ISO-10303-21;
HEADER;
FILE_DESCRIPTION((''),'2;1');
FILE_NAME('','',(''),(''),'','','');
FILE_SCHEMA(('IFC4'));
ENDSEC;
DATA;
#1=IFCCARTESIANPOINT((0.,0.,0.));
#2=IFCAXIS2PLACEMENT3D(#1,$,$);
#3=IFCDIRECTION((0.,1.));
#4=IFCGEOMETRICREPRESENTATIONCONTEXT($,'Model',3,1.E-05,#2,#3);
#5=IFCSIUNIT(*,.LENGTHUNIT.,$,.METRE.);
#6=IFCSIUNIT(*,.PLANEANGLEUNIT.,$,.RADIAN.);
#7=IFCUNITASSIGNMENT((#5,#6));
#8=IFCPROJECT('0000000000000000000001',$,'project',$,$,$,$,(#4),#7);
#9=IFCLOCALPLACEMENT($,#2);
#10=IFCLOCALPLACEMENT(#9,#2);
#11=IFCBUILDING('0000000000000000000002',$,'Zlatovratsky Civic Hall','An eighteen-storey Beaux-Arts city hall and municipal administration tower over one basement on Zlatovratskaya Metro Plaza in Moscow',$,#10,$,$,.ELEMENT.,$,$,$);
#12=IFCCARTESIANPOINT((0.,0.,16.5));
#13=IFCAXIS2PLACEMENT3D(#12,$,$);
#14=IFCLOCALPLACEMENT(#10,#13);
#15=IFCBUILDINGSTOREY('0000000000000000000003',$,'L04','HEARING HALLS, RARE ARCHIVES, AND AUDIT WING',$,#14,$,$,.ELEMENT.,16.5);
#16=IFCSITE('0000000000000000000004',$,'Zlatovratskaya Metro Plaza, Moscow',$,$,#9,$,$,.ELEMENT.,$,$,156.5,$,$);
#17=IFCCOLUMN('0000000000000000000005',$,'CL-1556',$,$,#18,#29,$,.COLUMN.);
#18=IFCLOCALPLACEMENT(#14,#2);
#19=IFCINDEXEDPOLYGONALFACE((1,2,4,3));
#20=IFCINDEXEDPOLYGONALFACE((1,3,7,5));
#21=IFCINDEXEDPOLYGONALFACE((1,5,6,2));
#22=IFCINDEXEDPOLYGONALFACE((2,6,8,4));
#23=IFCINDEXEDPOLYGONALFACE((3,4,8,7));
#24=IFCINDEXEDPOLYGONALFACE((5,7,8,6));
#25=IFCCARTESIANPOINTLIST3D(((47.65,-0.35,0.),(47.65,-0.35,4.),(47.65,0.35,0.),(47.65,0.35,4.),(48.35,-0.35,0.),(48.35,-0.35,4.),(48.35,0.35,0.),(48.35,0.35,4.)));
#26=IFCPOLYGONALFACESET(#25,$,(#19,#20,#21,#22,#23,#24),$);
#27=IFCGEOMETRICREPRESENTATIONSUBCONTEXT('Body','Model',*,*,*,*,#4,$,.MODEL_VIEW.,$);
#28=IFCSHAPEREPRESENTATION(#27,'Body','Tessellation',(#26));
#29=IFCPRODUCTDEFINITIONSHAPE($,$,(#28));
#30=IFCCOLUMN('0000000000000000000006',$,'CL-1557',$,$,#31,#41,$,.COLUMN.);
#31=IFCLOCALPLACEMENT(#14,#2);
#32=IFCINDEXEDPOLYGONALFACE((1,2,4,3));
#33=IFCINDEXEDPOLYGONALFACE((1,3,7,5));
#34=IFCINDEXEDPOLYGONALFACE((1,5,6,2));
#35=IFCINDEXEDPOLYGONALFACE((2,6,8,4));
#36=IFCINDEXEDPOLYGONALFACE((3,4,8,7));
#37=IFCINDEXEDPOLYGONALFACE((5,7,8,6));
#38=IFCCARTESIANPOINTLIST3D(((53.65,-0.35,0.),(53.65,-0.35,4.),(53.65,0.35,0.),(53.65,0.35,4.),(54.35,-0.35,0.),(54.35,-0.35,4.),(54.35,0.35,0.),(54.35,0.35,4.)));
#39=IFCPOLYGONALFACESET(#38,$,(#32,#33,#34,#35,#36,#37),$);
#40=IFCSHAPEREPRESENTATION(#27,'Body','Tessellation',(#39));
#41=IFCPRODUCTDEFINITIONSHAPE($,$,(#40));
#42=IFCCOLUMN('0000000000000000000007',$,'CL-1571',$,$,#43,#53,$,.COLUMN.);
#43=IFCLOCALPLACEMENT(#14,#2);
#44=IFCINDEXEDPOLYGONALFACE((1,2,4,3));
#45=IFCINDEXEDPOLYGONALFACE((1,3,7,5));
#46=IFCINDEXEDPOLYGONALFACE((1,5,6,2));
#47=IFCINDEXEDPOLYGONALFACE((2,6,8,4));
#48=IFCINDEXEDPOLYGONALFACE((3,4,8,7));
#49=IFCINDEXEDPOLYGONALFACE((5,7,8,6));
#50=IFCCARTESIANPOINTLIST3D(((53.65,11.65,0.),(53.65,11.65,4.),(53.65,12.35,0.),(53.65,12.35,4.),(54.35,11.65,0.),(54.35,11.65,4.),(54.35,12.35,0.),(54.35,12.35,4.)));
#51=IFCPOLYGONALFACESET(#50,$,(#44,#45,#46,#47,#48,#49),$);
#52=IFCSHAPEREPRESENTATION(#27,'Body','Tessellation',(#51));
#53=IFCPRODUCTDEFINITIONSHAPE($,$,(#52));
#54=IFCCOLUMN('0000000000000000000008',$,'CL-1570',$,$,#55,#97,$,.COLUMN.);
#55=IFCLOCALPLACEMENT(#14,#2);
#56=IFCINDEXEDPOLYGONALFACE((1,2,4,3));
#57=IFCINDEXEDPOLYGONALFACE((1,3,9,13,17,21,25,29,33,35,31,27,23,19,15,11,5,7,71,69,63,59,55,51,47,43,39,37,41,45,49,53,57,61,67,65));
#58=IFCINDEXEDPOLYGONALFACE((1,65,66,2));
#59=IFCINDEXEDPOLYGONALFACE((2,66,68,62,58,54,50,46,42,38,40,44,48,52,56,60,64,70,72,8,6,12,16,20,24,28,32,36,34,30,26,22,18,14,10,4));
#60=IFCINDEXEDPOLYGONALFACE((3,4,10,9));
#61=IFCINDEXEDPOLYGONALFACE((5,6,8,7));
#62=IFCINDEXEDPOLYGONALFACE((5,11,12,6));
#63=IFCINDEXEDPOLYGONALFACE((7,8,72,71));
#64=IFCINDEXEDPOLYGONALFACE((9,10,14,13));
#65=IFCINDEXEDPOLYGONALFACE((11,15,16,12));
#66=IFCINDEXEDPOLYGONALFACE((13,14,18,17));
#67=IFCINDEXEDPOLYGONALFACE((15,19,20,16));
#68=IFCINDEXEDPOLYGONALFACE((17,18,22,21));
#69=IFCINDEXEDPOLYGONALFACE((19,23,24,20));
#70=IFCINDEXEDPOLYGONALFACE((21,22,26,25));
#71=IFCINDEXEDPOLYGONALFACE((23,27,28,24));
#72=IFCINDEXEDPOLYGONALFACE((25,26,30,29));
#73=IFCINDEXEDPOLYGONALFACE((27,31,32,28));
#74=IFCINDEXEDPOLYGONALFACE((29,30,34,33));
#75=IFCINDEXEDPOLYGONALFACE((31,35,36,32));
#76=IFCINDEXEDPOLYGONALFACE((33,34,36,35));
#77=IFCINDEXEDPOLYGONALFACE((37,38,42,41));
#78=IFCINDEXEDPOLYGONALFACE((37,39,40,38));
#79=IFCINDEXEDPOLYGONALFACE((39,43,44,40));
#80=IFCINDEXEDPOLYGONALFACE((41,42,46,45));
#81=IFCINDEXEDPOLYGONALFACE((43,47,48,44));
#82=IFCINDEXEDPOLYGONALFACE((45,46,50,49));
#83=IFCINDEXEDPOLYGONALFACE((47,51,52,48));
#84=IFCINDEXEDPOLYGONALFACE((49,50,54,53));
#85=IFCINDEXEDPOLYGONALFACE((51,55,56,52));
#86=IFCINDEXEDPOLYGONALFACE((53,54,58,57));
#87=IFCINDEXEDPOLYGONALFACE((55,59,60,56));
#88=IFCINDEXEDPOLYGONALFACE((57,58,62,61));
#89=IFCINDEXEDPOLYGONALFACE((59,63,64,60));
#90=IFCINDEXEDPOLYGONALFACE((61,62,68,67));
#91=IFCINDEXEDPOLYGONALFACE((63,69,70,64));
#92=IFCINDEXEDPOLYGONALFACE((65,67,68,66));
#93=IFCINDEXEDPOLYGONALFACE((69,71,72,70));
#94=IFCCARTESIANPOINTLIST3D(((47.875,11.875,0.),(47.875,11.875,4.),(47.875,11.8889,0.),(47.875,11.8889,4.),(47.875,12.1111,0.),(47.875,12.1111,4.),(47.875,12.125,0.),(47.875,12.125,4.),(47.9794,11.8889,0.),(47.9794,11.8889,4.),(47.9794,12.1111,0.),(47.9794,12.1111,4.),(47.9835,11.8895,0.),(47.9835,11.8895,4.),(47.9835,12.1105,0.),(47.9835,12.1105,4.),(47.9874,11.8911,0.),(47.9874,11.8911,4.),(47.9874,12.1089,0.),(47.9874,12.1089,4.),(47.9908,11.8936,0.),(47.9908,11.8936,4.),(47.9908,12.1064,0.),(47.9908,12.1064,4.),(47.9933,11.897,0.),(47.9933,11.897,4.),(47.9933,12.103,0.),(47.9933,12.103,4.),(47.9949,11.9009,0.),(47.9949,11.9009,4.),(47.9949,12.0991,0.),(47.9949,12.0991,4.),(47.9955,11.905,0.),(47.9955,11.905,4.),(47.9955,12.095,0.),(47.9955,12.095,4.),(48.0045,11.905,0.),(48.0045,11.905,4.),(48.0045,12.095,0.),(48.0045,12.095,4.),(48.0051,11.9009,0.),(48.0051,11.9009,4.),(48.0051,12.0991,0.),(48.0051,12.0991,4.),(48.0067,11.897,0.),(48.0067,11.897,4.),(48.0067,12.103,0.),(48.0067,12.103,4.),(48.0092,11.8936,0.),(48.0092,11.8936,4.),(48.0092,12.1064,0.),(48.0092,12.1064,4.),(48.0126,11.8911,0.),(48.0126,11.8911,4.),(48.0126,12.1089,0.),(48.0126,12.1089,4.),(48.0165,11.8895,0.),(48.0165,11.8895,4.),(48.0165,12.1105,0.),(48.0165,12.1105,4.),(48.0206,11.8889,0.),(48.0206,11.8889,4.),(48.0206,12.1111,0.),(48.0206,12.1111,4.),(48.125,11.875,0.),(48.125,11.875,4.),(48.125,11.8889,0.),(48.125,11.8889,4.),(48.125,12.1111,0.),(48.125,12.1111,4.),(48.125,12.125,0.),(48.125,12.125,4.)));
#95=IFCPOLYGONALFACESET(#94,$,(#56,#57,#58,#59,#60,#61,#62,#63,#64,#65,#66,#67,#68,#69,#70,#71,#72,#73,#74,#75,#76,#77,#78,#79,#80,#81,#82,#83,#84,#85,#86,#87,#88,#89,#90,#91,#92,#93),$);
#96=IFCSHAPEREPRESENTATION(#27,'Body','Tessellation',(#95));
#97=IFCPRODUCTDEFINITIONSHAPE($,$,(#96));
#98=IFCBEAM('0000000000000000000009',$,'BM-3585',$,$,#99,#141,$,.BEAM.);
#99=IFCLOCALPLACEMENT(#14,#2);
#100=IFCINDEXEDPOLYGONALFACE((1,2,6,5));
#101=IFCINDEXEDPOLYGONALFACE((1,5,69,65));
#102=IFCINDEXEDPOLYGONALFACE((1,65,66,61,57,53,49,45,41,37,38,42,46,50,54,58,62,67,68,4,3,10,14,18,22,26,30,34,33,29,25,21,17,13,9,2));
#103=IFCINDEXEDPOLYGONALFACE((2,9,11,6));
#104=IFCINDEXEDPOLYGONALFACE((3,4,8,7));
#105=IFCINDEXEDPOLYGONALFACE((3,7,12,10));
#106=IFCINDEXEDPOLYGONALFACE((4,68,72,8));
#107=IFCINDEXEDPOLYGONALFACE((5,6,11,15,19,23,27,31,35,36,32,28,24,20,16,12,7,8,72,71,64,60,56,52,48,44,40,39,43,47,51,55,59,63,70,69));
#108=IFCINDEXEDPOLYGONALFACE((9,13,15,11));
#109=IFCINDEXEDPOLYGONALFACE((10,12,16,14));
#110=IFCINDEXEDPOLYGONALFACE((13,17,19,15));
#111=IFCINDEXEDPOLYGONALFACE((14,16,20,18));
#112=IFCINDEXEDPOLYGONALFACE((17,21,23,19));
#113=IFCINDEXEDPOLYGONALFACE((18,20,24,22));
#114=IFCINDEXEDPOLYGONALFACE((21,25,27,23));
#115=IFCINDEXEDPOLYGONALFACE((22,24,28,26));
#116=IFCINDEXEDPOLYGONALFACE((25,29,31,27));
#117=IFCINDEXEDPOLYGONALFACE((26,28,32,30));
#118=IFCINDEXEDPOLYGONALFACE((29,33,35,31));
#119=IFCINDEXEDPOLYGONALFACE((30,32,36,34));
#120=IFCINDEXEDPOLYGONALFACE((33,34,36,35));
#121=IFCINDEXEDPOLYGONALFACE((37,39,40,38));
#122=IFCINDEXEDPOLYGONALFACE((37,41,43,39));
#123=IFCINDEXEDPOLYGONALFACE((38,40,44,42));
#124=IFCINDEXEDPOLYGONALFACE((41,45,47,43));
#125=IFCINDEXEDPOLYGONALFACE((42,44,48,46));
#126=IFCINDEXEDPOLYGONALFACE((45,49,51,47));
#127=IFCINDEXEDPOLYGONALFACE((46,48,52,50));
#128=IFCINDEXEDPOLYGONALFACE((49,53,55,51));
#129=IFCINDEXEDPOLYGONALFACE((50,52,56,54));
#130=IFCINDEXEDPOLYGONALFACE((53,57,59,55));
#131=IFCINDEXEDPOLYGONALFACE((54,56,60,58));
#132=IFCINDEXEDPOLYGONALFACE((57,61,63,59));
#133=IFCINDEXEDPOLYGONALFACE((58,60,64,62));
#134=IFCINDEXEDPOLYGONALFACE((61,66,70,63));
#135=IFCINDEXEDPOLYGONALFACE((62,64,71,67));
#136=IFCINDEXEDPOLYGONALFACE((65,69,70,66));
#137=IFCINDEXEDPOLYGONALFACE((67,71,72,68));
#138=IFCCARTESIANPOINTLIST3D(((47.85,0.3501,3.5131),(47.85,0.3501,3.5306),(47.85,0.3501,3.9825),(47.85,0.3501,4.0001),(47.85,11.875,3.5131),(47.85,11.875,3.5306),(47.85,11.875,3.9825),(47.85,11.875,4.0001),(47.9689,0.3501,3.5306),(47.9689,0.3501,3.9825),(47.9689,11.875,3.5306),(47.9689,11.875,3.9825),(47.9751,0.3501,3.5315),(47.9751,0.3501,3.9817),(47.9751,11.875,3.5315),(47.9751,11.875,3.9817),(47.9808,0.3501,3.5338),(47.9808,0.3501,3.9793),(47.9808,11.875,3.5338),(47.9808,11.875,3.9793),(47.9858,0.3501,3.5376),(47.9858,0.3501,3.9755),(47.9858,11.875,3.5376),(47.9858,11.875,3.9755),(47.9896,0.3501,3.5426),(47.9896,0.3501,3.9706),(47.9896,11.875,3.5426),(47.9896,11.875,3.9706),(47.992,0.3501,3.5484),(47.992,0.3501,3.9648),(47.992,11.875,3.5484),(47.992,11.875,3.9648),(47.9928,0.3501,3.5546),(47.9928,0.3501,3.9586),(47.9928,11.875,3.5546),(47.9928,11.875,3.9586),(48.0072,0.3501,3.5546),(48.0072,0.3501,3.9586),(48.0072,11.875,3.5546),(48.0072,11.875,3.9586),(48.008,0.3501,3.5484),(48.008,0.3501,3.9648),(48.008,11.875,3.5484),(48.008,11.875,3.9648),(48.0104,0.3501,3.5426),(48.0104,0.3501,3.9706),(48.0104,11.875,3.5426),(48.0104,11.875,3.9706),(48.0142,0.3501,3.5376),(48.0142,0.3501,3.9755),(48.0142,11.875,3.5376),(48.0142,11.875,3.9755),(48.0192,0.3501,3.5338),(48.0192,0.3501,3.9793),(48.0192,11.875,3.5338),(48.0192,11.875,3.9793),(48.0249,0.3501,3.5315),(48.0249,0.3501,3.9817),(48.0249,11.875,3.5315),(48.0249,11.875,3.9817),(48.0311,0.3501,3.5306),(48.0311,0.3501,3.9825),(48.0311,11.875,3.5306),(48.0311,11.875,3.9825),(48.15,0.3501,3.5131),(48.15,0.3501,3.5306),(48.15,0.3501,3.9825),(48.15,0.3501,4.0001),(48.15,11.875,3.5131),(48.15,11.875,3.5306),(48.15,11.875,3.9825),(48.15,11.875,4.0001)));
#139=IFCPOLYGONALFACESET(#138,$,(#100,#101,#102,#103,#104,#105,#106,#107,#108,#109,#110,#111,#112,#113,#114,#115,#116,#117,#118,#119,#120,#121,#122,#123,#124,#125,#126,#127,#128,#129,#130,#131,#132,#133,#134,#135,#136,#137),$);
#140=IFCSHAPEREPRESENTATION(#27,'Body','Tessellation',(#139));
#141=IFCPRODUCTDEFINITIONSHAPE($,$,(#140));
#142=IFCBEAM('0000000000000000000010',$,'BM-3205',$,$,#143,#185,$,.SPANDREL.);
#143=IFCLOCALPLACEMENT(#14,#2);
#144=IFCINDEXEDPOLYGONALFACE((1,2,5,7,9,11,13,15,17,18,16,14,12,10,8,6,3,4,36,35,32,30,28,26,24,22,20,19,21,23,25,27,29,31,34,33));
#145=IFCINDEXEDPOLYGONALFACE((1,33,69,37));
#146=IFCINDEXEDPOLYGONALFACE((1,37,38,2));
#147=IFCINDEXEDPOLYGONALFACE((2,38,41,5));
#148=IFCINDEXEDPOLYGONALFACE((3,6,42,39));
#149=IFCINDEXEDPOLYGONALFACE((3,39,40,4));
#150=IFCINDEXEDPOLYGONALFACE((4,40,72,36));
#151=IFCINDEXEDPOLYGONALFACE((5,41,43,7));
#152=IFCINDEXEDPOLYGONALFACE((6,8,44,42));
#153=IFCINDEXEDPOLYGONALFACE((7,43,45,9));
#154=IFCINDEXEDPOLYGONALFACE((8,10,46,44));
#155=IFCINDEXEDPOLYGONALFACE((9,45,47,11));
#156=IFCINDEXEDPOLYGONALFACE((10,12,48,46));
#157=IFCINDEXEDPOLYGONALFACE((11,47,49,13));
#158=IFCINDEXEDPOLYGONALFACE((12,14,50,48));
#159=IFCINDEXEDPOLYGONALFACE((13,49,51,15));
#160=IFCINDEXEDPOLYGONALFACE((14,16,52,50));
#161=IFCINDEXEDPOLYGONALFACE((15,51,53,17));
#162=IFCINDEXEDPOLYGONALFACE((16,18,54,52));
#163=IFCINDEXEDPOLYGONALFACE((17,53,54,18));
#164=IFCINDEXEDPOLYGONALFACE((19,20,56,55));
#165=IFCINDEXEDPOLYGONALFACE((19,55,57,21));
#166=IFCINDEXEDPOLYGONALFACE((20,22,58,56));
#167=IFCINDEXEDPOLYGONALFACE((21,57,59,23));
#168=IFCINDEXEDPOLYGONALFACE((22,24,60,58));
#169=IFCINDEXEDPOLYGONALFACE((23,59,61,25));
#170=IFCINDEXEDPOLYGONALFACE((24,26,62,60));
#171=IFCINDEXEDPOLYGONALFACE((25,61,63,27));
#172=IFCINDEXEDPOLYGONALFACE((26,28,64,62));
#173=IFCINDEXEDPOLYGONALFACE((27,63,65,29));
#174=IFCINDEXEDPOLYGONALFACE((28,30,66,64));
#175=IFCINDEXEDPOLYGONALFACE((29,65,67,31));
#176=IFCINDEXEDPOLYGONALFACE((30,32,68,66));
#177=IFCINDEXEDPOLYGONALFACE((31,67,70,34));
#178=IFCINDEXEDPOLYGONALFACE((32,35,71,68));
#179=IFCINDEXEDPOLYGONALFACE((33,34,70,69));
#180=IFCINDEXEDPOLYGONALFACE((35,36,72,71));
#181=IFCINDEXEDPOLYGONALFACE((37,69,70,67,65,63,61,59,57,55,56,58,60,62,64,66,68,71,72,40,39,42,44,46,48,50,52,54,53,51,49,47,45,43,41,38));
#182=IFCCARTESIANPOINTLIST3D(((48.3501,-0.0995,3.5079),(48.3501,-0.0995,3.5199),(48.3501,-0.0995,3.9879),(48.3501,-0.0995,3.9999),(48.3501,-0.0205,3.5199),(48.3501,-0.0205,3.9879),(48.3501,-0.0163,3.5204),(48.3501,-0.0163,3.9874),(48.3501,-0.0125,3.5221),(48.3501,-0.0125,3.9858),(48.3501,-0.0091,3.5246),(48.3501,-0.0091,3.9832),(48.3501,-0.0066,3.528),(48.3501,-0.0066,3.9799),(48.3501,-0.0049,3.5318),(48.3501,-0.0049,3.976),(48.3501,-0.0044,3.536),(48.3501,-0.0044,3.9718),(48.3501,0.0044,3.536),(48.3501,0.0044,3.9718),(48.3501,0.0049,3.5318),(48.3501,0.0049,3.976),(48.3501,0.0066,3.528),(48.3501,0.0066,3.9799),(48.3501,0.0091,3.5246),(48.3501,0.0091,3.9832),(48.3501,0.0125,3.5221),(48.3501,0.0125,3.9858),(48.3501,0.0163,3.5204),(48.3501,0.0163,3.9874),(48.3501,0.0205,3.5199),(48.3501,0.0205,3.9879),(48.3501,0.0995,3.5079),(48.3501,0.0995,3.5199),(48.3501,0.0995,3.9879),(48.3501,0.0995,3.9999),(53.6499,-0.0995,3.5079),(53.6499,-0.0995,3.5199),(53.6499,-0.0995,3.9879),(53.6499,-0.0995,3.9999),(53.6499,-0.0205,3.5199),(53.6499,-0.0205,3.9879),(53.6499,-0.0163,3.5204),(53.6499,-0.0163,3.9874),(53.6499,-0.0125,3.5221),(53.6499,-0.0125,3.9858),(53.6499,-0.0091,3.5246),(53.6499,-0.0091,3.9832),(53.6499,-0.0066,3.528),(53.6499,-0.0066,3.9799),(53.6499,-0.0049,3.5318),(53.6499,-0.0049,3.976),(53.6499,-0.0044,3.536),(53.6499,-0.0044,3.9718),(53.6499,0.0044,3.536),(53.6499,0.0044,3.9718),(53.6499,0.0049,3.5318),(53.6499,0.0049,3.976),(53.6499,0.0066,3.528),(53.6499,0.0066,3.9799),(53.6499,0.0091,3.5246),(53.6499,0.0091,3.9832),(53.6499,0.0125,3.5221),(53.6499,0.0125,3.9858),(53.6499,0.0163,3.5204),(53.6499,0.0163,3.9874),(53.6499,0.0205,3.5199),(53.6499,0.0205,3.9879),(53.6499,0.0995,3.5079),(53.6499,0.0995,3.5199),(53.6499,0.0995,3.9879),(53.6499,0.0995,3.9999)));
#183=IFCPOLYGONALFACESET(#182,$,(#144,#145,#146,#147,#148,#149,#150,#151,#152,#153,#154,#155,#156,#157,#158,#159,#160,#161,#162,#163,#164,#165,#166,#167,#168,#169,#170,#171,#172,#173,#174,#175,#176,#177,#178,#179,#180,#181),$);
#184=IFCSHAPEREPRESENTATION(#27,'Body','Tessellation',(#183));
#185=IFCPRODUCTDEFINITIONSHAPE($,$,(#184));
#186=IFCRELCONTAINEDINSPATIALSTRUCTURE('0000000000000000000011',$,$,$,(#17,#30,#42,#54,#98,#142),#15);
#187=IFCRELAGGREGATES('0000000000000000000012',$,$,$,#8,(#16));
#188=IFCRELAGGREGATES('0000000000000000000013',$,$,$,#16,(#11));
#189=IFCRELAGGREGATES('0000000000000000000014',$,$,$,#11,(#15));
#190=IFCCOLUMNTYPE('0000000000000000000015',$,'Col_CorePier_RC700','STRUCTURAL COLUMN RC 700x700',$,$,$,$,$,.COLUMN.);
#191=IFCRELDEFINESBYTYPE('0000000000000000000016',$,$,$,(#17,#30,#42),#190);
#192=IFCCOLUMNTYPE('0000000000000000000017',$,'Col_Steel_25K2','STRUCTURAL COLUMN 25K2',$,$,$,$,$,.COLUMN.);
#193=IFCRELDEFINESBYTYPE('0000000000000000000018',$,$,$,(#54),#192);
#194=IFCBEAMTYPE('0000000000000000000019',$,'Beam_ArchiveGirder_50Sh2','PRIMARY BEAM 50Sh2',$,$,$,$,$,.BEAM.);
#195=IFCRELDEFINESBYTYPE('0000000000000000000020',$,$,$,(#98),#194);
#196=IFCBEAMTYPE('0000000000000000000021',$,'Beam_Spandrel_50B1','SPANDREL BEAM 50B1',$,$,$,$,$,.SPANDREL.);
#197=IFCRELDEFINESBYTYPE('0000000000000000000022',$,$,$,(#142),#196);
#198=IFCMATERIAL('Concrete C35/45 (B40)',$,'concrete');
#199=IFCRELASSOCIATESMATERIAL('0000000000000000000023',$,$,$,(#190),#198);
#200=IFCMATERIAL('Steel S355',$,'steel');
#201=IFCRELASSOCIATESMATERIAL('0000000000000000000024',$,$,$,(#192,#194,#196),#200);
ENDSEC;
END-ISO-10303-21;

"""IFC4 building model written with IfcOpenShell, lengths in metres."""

from ifc_helpers import new_model, si_unit, direction, frame, origin, origin_2d, place, context, subcontext, project, spatial, rectangle, i_section, extrude, material, material_profile, profile_set, type_object, element, save


model = new_model("IFC4")

# Units and contexts
model_context = context("Model", 3, precision=1e-05, world=origin(), true_north=direction((0.0, 1.0)))
body_context = subcontext(model_context, "Body", "Model", "MODEL_VIEW")
ifc_project = project(units=[si_unit("LENGTHUNIT", "METRE"), si_unit("PLANEANGLEUNIT", "RADIAN")], contexts=[model_context])

# Site, building, storey
site_placement = place(None, origin())
site = spatial("IfcSite", under=ifc_project, at=site_placement, Name="Zlatovratskaya Metro Plaza, Moscow", CompositionType="ELEMENT", RefElevation=156.5)
building_placement = place(site_placement, origin())
building = spatial("IfcBuilding", under=site, at=building_placement, Name="Zlatovratsky Civic Hall", Description="An eighteen-storey Beaux-Arts city hall and municipal administration tower over one basement on Zlatovratskaya Metro Plaza in Moscow", CompositionType="ELEMENT")
storey_placement = place(building_placement, frame((0.0, 0.0, 16.5)))
storey = spatial("IfcBuildingStorey", under=building, at=storey_placement, Name="L04", Description="HEARING HALLS, RARE ARCHIVES, AND AUDIT WING", CompositionType="ELEMENT", Elevation=16.5)

# Columns
ifc_material_1 = material(Name="Concrete C35/45 (B40)", Category="concrete")
ifc_material_profile_1 = material_profile(ifc_material_1, rectangle(XDim=0.7, YDim=0.7, at=origin_2d()), Name="RC 700x700")
ifc_profile_set_1 = profile_set([ifc_material_profile_1], Name="Concrete C35/45 (B40)")
column_type_1 = type_object("IfcColumnType", Name="Col_CorePier_RC700", Description="STRUCTURAL COLUMN RC 700x700", PredefinedType="COLUMN", material=ifc_profile_set_1)
for number, where, z_axis, x_axis, name in (
    (1, (48.0, 0.0, 0.0), (0.0, 0.0, 1.0), (1.0, 0.0, 0.0), "CL-1556"),
    (2, (54.0, 0.0, 0.0), (0.0, 0.0, 1.0), (1.0, 0.0, 0.0), "CL-1557"),
    (3, (54.0, 12.0, 0.0), (0.0, 0.0, 1.0), (1.0, 0.0, 0.0), "CL-1571"),
):
    element("IfcColumn", number, at=place(storey_placement, frame(where, z_axis=z_axis, x_axis=x_axis)), inside=storey, type_object=column_type_1, Name=name, PredefinedType="COLUMN", context=body_context, shape_type="SweptSolid", body=[
        extrude(rectangle(XDim=0.7, YDim=0.7, at=origin_2d()), origin(), (0.0, 0.0, 1.0), 4.0),
    ])
ifc_material_2 = material(Name="Steel S355", Category="steel")
ifc_material_profile_2 = material_profile(ifc_material_2, i_section(OverallWidth=0.25, OverallDepth=0.25, WebThickness=0.009, FlangeThickness=0.0139, FilletRadius=0.0161, at=origin_2d()), Name="25K2")
ifc_profile_set_2 = profile_set([ifc_material_profile_2], Name="Steel S355")
column_type_2 = type_object("IfcColumnType", Name="Col_Steel_25K2", Description="STRUCTURAL COLUMN 25K2", PredefinedType="COLUMN", material=ifc_profile_set_2)
column_placement = place(storey_placement, frame((48.0, 12.0, 0.0), z_axis=(0.0, 0.0, 1.0), x_axis=(1.0, 0.0, 0.0)))
element("IfcColumn", 4, at=column_placement, inside=storey, type_object=column_type_2, Name="CL-1570", PredefinedType="COLUMN", context=body_context, shape_type="SweptSolid", body=[
    extrude(i_section(OverallWidth=0.25, OverallDepth=0.25, WebThickness=0.009, FlangeThickness=0.0139, FilletRadius=0.0161, at=origin_2d()), origin(), (0.0, 0.0, 1.0), 4.0),
])

# Beams
ifc_material_profile_3 = material_profile(ifc_material_2, i_section(OverallWidth=0.3, OverallDepth=0.4871, WebThickness=0.0144, FlangeThickness=0.0176, FilletRadius=0.0239, at=origin_2d()), Name="50Sh2")
ifc_profile_set_3 = profile_set([ifc_material_profile_3], Name="Steel S355")
beam_type_1 = type_object("IfcBeamType", Name="Beam_ArchiveGirder_50Sh2", Description="PRIMARY BEAM 50Sh2", PredefinedType="BEAM", material=ifc_profile_set_3)
beam_1_placement = place(storey_placement, frame((48.0, 0.3501, 3.7566), z_axis=(0.0, 1.0, 0.0), x_axis=(-1.0, 0.0, 0.0)))
element("IfcBeam", 5, at=beam_1_placement, inside=storey, type_object=beam_type_1, Name="BM-3585", PredefinedType="BEAM", context=body_context, shape_type="SweptSolid", body=[
    extrude(i_section(OverallWidth=0.3, OverallDepth=0.4871, WebThickness=0.0144, FlangeThickness=0.0176, FilletRadius=0.0239, at=origin_2d()), origin(), (0.0, 0.0, 1.0), 11.5249),
])
ifc_material_profile_4 = material_profile(ifc_material_2, i_section(OverallWidth=0.199, OverallDepth=0.4919, WebThickness=0.0088, FlangeThickness=0.012, FilletRadius=0.0161, at=origin_2d()), Name="50B1")
ifc_profile_set_4 = profile_set([ifc_material_profile_4], Name="Steel S355")
beam_type_2 = type_object("IfcBeamType", Name="Beam_Spandrel_50B1", Description="SPANDREL BEAM 50B1", PredefinedType="SPANDREL", material=ifc_profile_set_4)
beam_2_placement = place(storey_placement, frame((48.3501, 0.0, 3.7539), z_axis=(1.0, 0.0, 0.0), x_axis=(0.0, 1.0, 0.0)))
element("IfcBeam", 6, at=beam_2_placement, inside=storey, type_object=beam_type_2, Name="BM-3205", PredefinedType="SPANDREL", context=body_context, shape_type="SweptSolid", body=[
    extrude(i_section(OverallWidth=0.199, OverallDepth=0.4919, WebThickness=0.0088, FlangeThickness=0.012, FilletRadius=0.0161, at=origin_2d()), origin(), (0.0, 0.0, 1.0), 5.2998),
])

save(model, "model.ifc")
